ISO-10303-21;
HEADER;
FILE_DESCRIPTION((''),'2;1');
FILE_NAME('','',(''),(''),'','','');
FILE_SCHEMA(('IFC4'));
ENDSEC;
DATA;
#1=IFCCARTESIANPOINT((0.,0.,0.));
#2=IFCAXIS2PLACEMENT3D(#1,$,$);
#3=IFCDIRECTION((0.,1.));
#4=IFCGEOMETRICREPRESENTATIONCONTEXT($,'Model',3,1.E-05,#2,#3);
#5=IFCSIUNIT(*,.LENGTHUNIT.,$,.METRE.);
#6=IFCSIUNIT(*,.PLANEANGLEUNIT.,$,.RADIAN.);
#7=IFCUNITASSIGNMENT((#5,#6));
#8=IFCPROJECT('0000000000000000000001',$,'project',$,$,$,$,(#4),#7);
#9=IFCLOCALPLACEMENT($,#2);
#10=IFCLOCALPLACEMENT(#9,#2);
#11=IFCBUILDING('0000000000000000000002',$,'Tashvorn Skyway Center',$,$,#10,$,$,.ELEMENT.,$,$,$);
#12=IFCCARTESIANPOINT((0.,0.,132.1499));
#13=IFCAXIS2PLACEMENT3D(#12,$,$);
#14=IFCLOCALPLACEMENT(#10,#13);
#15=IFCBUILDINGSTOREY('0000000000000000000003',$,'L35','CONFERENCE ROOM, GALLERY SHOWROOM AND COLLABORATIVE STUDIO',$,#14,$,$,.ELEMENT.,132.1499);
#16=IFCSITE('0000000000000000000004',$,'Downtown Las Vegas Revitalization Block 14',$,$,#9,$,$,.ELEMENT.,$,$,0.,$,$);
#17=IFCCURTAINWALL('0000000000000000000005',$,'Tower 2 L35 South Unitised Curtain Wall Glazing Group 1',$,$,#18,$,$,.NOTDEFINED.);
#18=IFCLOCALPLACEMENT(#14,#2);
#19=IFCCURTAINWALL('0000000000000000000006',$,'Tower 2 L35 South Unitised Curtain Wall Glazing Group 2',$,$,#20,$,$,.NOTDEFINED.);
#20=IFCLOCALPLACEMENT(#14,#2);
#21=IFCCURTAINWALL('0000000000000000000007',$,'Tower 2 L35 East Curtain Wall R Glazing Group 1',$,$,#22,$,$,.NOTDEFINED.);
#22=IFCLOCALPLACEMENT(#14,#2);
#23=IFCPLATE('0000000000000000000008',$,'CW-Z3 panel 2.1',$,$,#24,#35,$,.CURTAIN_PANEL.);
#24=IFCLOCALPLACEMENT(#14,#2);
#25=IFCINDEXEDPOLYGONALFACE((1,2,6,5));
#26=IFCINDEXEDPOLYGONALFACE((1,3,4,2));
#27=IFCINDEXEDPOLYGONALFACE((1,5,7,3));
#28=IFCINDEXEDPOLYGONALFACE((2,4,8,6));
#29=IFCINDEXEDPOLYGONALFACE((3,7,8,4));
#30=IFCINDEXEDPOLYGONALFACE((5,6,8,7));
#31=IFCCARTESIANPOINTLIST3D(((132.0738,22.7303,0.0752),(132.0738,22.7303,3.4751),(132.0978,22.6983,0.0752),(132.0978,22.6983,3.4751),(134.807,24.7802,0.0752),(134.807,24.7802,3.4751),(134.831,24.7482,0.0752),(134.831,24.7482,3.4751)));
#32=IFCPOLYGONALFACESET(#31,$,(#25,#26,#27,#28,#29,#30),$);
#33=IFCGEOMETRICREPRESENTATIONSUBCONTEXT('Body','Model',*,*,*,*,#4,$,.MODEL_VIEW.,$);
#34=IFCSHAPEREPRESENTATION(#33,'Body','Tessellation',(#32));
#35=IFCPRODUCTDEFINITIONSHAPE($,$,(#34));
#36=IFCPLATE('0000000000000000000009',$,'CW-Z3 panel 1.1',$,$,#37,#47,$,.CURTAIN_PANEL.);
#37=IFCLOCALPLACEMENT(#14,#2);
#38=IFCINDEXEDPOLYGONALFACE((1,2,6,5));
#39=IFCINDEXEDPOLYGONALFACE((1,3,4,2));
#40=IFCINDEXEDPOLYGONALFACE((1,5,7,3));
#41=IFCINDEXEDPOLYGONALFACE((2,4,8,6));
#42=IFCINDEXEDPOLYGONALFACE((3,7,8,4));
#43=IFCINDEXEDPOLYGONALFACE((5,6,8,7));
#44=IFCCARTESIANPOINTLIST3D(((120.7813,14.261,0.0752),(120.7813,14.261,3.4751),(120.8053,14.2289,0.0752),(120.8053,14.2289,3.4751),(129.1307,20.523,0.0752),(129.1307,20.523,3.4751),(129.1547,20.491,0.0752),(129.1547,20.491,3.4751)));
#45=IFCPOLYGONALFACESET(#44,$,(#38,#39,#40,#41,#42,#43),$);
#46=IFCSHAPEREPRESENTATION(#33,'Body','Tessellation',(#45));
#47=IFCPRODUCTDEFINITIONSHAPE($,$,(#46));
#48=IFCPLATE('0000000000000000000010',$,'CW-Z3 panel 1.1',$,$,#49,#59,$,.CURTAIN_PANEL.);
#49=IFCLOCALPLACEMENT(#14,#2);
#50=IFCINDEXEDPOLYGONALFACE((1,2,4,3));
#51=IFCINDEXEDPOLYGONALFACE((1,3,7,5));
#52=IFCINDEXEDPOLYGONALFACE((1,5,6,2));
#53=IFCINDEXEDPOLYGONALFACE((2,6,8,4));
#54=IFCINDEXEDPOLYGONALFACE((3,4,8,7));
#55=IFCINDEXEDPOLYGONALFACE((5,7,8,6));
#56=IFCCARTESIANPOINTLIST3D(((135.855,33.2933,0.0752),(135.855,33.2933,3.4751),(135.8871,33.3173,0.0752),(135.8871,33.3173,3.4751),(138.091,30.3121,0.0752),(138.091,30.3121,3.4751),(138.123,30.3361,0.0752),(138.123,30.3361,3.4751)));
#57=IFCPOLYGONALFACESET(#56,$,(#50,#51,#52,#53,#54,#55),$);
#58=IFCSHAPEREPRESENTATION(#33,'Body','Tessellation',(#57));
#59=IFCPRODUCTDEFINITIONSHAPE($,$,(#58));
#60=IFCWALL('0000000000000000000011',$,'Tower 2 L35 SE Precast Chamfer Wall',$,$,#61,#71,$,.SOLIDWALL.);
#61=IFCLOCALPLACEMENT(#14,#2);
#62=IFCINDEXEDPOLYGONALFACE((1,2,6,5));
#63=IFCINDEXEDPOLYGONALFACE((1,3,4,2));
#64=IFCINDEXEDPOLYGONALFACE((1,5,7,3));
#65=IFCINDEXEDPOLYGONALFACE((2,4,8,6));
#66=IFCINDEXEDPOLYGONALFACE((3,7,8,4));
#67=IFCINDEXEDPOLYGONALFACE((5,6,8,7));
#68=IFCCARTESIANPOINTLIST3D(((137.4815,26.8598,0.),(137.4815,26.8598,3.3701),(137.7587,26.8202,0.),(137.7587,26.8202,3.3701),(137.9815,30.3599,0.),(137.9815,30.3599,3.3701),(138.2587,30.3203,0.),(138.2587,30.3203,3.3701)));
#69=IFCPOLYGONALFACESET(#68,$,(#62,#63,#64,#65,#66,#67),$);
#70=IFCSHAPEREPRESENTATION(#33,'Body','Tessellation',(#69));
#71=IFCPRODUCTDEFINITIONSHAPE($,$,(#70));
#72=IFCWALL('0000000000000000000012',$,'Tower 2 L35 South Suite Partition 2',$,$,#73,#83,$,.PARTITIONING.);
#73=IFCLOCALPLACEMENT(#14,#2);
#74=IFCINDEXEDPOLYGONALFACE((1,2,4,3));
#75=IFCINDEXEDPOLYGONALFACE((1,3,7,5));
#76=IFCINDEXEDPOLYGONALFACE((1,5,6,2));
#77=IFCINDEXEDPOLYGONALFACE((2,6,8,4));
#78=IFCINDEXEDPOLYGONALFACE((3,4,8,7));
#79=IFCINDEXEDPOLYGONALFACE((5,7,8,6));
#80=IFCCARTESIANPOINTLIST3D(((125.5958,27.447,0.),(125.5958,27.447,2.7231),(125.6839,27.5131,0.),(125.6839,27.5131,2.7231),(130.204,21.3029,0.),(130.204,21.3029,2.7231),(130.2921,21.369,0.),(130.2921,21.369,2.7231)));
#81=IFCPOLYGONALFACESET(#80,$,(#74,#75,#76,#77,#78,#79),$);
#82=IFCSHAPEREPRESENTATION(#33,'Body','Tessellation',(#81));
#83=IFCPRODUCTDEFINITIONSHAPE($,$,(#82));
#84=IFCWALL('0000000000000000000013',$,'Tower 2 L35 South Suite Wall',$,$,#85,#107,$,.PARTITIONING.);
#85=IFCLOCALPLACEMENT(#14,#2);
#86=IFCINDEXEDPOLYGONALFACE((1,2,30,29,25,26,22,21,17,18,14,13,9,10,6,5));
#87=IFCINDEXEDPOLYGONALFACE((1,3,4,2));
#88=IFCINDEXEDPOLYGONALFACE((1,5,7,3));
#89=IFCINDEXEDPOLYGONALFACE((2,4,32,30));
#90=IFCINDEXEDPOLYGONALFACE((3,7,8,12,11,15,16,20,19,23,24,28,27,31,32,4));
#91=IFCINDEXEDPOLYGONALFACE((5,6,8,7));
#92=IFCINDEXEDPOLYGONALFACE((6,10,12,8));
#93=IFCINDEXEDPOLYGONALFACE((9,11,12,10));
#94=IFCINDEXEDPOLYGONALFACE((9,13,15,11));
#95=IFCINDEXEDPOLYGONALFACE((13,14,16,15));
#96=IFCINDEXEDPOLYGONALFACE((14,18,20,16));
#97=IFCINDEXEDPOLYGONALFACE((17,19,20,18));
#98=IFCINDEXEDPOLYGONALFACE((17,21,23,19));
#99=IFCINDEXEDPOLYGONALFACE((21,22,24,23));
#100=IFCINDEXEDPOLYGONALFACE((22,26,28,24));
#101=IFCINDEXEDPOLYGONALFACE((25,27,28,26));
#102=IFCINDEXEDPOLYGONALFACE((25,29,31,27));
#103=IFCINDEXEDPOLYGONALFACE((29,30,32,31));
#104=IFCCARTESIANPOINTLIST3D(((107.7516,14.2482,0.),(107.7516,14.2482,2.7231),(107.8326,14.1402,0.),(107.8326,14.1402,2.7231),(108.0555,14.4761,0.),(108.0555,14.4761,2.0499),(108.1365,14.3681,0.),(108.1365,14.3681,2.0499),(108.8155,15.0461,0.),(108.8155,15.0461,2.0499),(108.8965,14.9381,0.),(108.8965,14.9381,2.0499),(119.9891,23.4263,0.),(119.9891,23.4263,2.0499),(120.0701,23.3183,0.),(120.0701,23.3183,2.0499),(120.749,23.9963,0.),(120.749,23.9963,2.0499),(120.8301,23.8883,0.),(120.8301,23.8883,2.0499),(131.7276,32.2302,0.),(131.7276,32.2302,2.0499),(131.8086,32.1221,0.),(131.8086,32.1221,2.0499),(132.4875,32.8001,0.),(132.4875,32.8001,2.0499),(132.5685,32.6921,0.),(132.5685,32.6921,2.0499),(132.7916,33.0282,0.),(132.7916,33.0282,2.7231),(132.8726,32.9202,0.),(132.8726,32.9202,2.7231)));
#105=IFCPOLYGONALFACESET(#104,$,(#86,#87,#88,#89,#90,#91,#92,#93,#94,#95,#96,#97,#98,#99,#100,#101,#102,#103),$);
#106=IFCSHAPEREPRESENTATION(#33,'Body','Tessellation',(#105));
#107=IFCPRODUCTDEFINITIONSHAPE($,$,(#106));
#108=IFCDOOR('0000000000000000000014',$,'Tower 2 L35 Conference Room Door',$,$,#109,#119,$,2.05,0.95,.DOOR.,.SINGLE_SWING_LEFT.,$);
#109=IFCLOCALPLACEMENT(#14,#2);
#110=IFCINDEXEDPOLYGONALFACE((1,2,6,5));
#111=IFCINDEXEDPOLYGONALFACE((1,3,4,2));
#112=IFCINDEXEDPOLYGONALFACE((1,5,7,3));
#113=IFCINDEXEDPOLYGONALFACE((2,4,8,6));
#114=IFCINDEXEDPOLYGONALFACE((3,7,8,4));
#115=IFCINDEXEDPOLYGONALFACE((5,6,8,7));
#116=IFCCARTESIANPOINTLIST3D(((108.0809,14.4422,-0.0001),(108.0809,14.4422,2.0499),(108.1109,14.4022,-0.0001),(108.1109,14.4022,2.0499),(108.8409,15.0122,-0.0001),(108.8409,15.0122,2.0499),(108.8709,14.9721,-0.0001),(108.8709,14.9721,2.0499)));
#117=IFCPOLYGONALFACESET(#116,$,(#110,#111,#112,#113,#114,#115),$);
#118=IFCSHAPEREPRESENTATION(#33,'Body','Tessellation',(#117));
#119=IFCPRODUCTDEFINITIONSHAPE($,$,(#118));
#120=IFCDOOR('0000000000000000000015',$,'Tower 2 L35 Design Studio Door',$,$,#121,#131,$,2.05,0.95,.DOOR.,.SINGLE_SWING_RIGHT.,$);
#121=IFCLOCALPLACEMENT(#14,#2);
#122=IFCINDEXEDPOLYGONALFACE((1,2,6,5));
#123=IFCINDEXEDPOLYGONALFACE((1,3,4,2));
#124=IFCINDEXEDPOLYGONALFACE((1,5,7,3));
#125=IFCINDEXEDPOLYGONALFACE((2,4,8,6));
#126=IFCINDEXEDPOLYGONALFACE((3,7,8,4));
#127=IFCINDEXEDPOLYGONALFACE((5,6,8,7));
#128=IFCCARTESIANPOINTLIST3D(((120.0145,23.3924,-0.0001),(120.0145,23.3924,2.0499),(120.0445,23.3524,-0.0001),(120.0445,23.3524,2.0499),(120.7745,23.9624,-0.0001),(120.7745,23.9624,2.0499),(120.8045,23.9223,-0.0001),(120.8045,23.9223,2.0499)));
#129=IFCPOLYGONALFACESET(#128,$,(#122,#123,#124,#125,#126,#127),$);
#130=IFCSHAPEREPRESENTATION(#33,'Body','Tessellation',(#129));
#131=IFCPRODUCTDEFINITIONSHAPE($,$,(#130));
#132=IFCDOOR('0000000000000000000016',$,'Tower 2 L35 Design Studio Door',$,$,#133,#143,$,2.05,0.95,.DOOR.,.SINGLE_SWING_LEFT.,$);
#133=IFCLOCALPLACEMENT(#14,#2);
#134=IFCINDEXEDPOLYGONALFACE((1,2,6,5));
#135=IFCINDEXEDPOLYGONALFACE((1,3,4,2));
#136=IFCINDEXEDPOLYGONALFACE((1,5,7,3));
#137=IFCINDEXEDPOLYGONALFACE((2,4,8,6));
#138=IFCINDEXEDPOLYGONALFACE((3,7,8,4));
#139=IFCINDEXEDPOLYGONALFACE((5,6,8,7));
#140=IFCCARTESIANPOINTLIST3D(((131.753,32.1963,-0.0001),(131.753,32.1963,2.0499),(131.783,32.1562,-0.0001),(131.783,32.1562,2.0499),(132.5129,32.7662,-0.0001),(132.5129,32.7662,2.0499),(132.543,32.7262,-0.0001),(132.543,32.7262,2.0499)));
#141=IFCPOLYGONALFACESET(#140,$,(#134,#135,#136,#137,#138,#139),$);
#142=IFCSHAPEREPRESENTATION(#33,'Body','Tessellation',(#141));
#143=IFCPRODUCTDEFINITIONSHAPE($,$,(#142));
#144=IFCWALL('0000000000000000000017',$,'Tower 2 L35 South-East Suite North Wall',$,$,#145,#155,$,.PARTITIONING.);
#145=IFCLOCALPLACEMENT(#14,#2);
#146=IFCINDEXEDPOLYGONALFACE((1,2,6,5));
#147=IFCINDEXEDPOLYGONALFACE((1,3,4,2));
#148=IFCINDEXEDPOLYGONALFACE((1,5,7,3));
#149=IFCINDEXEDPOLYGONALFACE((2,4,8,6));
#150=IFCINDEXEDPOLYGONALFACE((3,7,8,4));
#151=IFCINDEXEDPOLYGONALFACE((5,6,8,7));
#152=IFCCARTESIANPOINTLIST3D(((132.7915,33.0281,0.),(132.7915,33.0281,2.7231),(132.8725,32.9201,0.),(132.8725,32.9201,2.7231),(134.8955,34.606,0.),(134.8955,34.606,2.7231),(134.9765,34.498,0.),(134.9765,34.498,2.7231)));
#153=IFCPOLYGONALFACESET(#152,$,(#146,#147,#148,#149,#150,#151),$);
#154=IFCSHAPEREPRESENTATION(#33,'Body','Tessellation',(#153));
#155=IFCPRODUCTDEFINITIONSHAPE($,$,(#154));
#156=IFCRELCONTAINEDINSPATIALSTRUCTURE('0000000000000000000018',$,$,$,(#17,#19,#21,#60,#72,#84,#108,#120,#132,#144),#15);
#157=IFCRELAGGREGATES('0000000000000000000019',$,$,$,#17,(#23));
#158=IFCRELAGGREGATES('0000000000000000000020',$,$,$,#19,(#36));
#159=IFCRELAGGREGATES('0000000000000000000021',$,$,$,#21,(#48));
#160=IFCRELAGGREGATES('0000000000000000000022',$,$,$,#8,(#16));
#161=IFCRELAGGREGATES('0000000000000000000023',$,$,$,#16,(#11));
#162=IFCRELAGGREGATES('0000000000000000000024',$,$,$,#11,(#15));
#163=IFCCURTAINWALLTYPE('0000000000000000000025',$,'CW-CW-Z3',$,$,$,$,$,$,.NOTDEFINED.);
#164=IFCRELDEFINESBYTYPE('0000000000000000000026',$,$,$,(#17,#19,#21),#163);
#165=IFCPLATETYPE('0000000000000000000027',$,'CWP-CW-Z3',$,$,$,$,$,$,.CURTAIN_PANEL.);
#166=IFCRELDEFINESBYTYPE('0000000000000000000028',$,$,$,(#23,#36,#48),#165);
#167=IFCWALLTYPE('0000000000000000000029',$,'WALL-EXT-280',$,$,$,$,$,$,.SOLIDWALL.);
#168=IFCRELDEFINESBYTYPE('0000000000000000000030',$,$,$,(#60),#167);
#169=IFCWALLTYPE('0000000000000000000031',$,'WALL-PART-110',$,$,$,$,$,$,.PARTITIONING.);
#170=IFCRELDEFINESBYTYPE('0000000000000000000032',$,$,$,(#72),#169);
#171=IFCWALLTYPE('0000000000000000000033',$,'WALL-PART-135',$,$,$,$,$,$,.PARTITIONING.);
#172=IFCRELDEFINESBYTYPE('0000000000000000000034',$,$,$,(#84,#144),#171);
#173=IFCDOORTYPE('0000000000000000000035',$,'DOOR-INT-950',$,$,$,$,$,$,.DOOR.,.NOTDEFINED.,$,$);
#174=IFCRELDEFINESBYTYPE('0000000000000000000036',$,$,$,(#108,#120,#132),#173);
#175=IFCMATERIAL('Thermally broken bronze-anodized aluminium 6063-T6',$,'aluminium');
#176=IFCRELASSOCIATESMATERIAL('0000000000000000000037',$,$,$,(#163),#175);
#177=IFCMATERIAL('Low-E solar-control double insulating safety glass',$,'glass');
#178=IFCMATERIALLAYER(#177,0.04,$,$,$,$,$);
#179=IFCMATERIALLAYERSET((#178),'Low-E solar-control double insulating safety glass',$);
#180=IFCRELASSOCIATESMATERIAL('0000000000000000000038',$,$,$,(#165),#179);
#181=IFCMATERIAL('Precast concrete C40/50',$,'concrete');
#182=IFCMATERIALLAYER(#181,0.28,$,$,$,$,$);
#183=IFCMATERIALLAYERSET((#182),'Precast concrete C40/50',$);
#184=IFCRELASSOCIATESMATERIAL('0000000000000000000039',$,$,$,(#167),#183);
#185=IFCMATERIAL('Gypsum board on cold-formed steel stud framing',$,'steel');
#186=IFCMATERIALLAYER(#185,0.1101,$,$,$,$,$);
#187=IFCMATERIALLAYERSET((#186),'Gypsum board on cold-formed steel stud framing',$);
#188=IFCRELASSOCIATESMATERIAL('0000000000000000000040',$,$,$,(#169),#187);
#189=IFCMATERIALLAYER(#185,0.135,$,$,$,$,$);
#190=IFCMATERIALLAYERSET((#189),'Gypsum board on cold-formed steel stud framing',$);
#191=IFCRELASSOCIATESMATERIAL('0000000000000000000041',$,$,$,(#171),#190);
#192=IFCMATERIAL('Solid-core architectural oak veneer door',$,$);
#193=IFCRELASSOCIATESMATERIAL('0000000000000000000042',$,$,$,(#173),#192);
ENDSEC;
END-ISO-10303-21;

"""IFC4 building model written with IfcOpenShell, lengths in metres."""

from ifc_helpers import new_model, si_unit, direction, frame, frame_2d, origin, origin_2d, place, context, subcontext, project, spatial, rectangle, extrude, material, layer, layer_set, type_object, element, fill, aggregate, save


model = new_model("IFC4")

# Units and contexts
model_context = context("Model", 3, precision=1e-05, world=origin(), true_north=direction((0.0, 1.0)))
body_context = subcontext(model_context, "Body", "Model", "MODEL_VIEW")
ifc_project = project(units=[si_unit("LENGTHUNIT", "METRE"), si_unit("PLANEANGLEUNIT", "RADIAN")], contexts=[model_context])

# Site, building, storey
site_placement = place(None, origin())
site = spatial("IfcSite", under=ifc_project, at=site_placement, Name="Downtown Las Vegas Revitalization Block 14", CompositionType="ELEMENT", RefElevation=0.0)
building_placement = place(site_placement, origin())
building = spatial("IfcBuilding", under=site, at=building_placement, Name="Tashvorn Skyway Center", CompositionType="ELEMENT")
storey_placement = place(building_placement, frame((0.0, 0.0, 132.1499)))
storey = spatial("IfcBuildingStorey", under=building, at=storey_placement, Name="L35", Description="CONFERENCE ROOM, GALLERY SHOWROOM AND COLLABORATIVE STUDIO", CompositionType="ELEMENT", Elevation=132.1499)

# Curtain wall
ifc_material_1 = material(Name="Thermally broken bronze-anodized aluminium 6063-T6", Category="aluminium")
curtain_wall_type = type_object("IfcCurtainWallType", Name="CW-CW-Z3", PredefinedType="NOTDEFINED", material=ifc_material_1)
curtain_wall_1_placement = place(storey_placement, origin())
curtain_wall_1 = element("IfcCurtainWall", 1, at=curtain_wall_1_placement, inside=storey, type_object=curtain_wall_type, Name="Tower 2 L35 South Unitised Curtain Wall Glazing Group 1", PredefinedType="NOTDEFINED")

# Curtain walls
curtain_wall_2_placement = place(storey_placement, origin())
curtain_wall_2 = element("IfcCurtainWall", 2, at=curtain_wall_2_placement, inside=storey, type_object=curtain_wall_type, Name="Tower 2 L35 South Unitised Curtain Wall Glazing Group 2", PredefinedType="NOTDEFINED")
curtain_wall_3_placement = place(storey_placement, origin())
curtain_wall_3 = element("IfcCurtainWall", 3, at=curtain_wall_3_placement, inside=storey, type_object=curtain_wall_type, Name="Tower 2 L35 East Curtain Wall R Glazing Group 1", PredefinedType="NOTDEFINED")

# Plates
ifc_material_2 = material(Name="Low-E solar-control double insulating safety glass", Category="glass")
ifc_layer_1 = layer(ifc_material_2, 0.04)
ifc_layer_set_1 = layer_set([ifc_layer_1], Name="Low-E solar-control double insulating safety glass")
plate_type = type_object("IfcPlateType", Name="CWP-CW-Z3", PredefinedType="CURTAIN_PANEL", material=ifc_layer_set_1)
plate_1_placement = place(storey_placement, frame((133.4524, 23.7393, 0.0752), z_axis=(0.0, 0.0, 1.0), x_axis=(-0.799997, -0.600005, 0.0)))
plate_1 = element("IfcPlate", 4, at=plate_1_placement, type_object=plate_type, Name="CW-Z3 panel 2.1", PredefinedType="CURTAIN_PANEL", context=body_context, shape_type="SweptSolid", body=[
    extrude(rectangle(XDim=3.4165, YDim=0.04, at=origin_2d()), origin(), (0.0, 0.0, 1.0), 3.3999),
])
aggregate(curtain_wall_1, [plate_1])
plate_2_placement = place(storey_placement, frame((124.968, 17.376, 0.0752), z_axis=(0.0, 0.0, 1.0), x_axis=(-0.800002, -0.599997, 0.0)))
plate_2 = element("IfcPlate", 5, at=plate_2_placement, type_object=plate_type, Name="CW-Z3 panel 1.1", PredefinedType="CURTAIN_PANEL", context=body_context, shape_type="SweptSolid", body=[
    extrude(rectangle(XDim=10.4368, YDim=0.04, at=origin_2d()), origin(), (0.0, 0.0, 1.0), 3.3999),
])
aggregate(curtain_wall_2, [plate_2])
plate_3_placement = place(storey_placement, frame((136.989, 31.8147, 0.0752), z_axis=(0.0, 0.0, 1.0), x_axis=(0.600004, -0.799997, 0.0)))
plate_3 = element("IfcPlate", 6, at=plate_3_placement, type_object=plate_type, Name="CW-Z3 panel 1.1", PredefinedType="CURTAIN_PANEL", context=body_context, shape_type="SweptSolid", body=[
    extrude(rectangle(XDim=3.7266, YDim=0.04, at=origin_2d()), origin(), (0.0, 0.0, 1.0), 3.3999),
])
aggregate(curtain_wall_3, [plate_3])

# Walls
ifc_material_3 = material(Name="Precast concrete C40/50", Category="concrete")
ifc_layer_2 = layer(ifc_material_3, 0.28)
ifc_layer_set_2 = layer_set([ifc_layer_2], Name="Precast concrete C40/50")
wall_type_1 = type_object("IfcWallType", Name="WALL-EXT-280", PredefinedType="SOLIDWALL", material=ifc_layer_set_2)
wall_1_placement = place(storey_placement, frame((138.1201, 30.3401, 0.0), z_axis=(0.0, 0.0, 1.0), x_axis=(-0.141421, -0.989949, 0.0)))
element("IfcWall", 7, at=wall_1_placement, inside=storey, type_object=wall_type_1, Name="Tower 2 L35 SE Precast Chamfer Wall", PredefinedType="SOLIDWALL", context=body_context, shape_type="SweptSolid", body=[
    extrude(rectangle(XDim=3.5356, YDim=0.28, at=frame_2d((1.7678, 0.0))), origin(), (0.0, 0.0, 1.0), 3.3701),
])
ifc_material_4 = material(Name="Gypsum board on cold-formed steel stud framing", Category="steel")
ifc_layer_3 = layer(ifc_material_4, 0.1101)
ifc_layer_set_3 = layer_set([ifc_layer_3], Name="Gypsum board on cold-formed steel stud framing")
wall_type_2 = type_object("IfcWallType", Name="WALL-PART-110", PredefinedType="PARTITIONING", material=ifc_layer_set_3)
wall_2_placement = place(storey_placement, frame((130.248, 21.3359, 0.0), z_axis=(0.0, 0.0, 1.0), x_axis=(-0.60001, 0.799992, 0.0)))
element("IfcWall", 8, at=wall_2_placement, inside=storey, type_object=wall_type_2, Name="Tower 2 L35 South Suite Partition 2", PredefinedType="PARTITIONING", context=body_context, shape_type="SweptSolid", body=[
    extrude(rectangle(XDim=7.6802, YDim=0.1101, at=frame_2d((3.8401, 0.0))), origin(), (0.0, 0.0, 1.0), 2.7231),
])

# Wall, openings, doors
ifc_layer_4 = layer(ifc_material_4, 0.135)
ifc_layer_set_4 = layer_set([ifc_layer_4], Name="Gypsum board on cold-formed steel stud framing")
wall_type_3 = type_object("IfcWallType", Name="WALL-PART-135", PredefinedType="PARTITIONING", material=ifc_layer_set_4)
wall_3_placement = place(storey_placement, frame((132.832, 32.9741, 0.0), z_axis=(0.0, 0.0, 1.0), x_axis=(-0.8, -0.6, 0.0)))
wall_3 = element("IfcWall", 9, at=wall_3_placement, inside=storey, type_object=wall_type_3, Name="Tower 2 L35 South Suite Wall", PredefinedType="PARTITIONING", context=body_context, shape_type="SweptSolid", body=[
    extrude(rectangle(XDim=31.3, YDim=0.135, at=frame_2d((15.6499, 0.0))), origin(), (0.0, 0.0, 1.0), 2.7231),
])
opening_1_placement = place(wall_3_placement, frame((29.97, 0.0, 0.0)))
opening_1 = element("IfcOpeningElement", 10, at=opening_1_placement, cuts=wall_3, PredefinedType="OPENING", context=body_context, shape_type="SweptSolid", body=[
    extrude(rectangle(XDim=0.95, YDim=2.05, at=frame_2d((0.4751, 1.0249))), frame((0.0, 0.0774, 0.0), z_axis=(0.0, -1.0, 0.0), x_axis=(1.0, 0.0, 0.0)), (0.0, 0.0, 1.0), 0.155),
])
opening_2_placement = place(wall_3_placement, frame((15.053, 0.0, 0.0)))
opening_2 = element("IfcOpeningElement", 11, at=opening_2_placement, cuts=wall_3, PredefinedType="OPENING", context=body_context, shape_type="SweptSolid", body=[
    extrude(rectangle(XDim=0.95, YDim=2.05, at=frame_2d((0.4751, 1.0249))), frame((0.0, 0.0774, 0.0), z_axis=(0.0, -1.0, 0.0), x_axis=(1.0, 0.0, 0.0)), (0.0, 0.0, 1.0), 0.155),
])
opening_3_placement = place(wall_3_placement, frame((0.3799, 0.0, 0.0)))
opening_3 = element("IfcOpeningElement", 12, at=opening_3_placement, cuts=wall_3, PredefinedType="OPENING", context=body_context, shape_type="SweptSolid", body=[
    extrude(rectangle(XDim=0.95, YDim=2.05, at=frame_2d((0.4751, 1.0249))), frame((0.0, 0.0774, 0.0), z_axis=(0.0, -1.0, 0.0), x_axis=(1.0, 0.0, 0.0)), (0.0, 0.0, 1.0), 0.155),
])
ifc_material_5 = material(Name="Solid-core architectural oak veneer door")
door_type = type_object("IfcDoorType", Name="DOOR-INT-950", OperationType="NOTDEFINED", PredefinedType="DOOR", material=ifc_material_5)
door_1_placement = place(opening_1_placement, origin())
door_1 = element("IfcDoor", 13, at=door_1_placement, inside=storey, type_object=door_type, Name="Tower 2 L35 Conference Room Door", OperationType="SINGLE_SWING_LEFT", OverallHeight=2.05, OverallWidth=0.95, PredefinedType="DOOR", context=body_context, shape_type="SweptSolid", body=[
    extrude(rectangle(XDim=0.95, YDim=2.05, at=frame_2d((0.4751, 1.0249))), frame((0.0, 0.0249, 0.0), z_axis=(0.0, -1.0, 0.0), x_axis=(1.0, 0.0, 0.0)), (0.0, 0.0, 1.0), 0.05),
])
fill(opening_1, door_1)
door_2_placement = place(opening_2_placement, origin())
door_2 = element("IfcDoor", 14, at=door_2_placement, inside=storey, type_object=door_type, Name="Tower 2 L35 Design Studio Door", OperationType="SINGLE_SWING_RIGHT", OverallHeight=2.05, OverallWidth=0.95, PredefinedType="DOOR", context=body_context, shape_type="SweptSolid", body=[
    extrude(rectangle(XDim=0.95, YDim=2.05, at=frame_2d((0.4751, 1.0249))), frame((0.0, 0.0249, 0.0), z_axis=(0.0, -1.0, 0.0), x_axis=(1.0, 0.0, 0.0)), (0.0, 0.0, 1.0), 0.05),
])
fill(opening_2, door_2)
door_3_placement = place(opening_3_placement, origin())
door_3 = element("IfcDoor", 15, at=door_3_placement, inside=storey, type_object=door_type, Name="Tower 2 L35 Design Studio Door", OperationType="SINGLE_SWING_LEFT", OverallHeight=2.05, OverallWidth=0.95, PredefinedType="DOOR", context=body_context, shape_type="SweptSolid", body=[
    extrude(rectangle(XDim=0.95, YDim=2.05, at=frame_2d((0.4751, 1.0249))), frame((0.0, 0.0249, 0.0), z_axis=(0.0, -1.0, 0.0), x_axis=(1.0, 0.0, 0.0)), (0.0, 0.0, 1.0), 0.05),
])
fill(opening_3, door_3)

# Wall
wall_4_placement = place(storey_placement, frame((132.832, 32.9741, 0.0), z_axis=(0.0, 0.0, 1.0), x_axis=(0.800022, 0.59997, 0.0)))
element("IfcWall", 16, at=wall_4_placement, inside=storey, type_object=wall_type_3, Name="Tower 2 L35 South-East Suite North Wall", PredefinedType="PARTITIONING", context=body_context, shape_type="SweptSolid", body=[
    extrude(rectangle(XDim=2.6299, YDim=0.135, at=frame_2d((1.3149, 0.0))), origin(), (0.0, 0.0, 1.0), 2.7231),
])

save(model, "model.ifc")
